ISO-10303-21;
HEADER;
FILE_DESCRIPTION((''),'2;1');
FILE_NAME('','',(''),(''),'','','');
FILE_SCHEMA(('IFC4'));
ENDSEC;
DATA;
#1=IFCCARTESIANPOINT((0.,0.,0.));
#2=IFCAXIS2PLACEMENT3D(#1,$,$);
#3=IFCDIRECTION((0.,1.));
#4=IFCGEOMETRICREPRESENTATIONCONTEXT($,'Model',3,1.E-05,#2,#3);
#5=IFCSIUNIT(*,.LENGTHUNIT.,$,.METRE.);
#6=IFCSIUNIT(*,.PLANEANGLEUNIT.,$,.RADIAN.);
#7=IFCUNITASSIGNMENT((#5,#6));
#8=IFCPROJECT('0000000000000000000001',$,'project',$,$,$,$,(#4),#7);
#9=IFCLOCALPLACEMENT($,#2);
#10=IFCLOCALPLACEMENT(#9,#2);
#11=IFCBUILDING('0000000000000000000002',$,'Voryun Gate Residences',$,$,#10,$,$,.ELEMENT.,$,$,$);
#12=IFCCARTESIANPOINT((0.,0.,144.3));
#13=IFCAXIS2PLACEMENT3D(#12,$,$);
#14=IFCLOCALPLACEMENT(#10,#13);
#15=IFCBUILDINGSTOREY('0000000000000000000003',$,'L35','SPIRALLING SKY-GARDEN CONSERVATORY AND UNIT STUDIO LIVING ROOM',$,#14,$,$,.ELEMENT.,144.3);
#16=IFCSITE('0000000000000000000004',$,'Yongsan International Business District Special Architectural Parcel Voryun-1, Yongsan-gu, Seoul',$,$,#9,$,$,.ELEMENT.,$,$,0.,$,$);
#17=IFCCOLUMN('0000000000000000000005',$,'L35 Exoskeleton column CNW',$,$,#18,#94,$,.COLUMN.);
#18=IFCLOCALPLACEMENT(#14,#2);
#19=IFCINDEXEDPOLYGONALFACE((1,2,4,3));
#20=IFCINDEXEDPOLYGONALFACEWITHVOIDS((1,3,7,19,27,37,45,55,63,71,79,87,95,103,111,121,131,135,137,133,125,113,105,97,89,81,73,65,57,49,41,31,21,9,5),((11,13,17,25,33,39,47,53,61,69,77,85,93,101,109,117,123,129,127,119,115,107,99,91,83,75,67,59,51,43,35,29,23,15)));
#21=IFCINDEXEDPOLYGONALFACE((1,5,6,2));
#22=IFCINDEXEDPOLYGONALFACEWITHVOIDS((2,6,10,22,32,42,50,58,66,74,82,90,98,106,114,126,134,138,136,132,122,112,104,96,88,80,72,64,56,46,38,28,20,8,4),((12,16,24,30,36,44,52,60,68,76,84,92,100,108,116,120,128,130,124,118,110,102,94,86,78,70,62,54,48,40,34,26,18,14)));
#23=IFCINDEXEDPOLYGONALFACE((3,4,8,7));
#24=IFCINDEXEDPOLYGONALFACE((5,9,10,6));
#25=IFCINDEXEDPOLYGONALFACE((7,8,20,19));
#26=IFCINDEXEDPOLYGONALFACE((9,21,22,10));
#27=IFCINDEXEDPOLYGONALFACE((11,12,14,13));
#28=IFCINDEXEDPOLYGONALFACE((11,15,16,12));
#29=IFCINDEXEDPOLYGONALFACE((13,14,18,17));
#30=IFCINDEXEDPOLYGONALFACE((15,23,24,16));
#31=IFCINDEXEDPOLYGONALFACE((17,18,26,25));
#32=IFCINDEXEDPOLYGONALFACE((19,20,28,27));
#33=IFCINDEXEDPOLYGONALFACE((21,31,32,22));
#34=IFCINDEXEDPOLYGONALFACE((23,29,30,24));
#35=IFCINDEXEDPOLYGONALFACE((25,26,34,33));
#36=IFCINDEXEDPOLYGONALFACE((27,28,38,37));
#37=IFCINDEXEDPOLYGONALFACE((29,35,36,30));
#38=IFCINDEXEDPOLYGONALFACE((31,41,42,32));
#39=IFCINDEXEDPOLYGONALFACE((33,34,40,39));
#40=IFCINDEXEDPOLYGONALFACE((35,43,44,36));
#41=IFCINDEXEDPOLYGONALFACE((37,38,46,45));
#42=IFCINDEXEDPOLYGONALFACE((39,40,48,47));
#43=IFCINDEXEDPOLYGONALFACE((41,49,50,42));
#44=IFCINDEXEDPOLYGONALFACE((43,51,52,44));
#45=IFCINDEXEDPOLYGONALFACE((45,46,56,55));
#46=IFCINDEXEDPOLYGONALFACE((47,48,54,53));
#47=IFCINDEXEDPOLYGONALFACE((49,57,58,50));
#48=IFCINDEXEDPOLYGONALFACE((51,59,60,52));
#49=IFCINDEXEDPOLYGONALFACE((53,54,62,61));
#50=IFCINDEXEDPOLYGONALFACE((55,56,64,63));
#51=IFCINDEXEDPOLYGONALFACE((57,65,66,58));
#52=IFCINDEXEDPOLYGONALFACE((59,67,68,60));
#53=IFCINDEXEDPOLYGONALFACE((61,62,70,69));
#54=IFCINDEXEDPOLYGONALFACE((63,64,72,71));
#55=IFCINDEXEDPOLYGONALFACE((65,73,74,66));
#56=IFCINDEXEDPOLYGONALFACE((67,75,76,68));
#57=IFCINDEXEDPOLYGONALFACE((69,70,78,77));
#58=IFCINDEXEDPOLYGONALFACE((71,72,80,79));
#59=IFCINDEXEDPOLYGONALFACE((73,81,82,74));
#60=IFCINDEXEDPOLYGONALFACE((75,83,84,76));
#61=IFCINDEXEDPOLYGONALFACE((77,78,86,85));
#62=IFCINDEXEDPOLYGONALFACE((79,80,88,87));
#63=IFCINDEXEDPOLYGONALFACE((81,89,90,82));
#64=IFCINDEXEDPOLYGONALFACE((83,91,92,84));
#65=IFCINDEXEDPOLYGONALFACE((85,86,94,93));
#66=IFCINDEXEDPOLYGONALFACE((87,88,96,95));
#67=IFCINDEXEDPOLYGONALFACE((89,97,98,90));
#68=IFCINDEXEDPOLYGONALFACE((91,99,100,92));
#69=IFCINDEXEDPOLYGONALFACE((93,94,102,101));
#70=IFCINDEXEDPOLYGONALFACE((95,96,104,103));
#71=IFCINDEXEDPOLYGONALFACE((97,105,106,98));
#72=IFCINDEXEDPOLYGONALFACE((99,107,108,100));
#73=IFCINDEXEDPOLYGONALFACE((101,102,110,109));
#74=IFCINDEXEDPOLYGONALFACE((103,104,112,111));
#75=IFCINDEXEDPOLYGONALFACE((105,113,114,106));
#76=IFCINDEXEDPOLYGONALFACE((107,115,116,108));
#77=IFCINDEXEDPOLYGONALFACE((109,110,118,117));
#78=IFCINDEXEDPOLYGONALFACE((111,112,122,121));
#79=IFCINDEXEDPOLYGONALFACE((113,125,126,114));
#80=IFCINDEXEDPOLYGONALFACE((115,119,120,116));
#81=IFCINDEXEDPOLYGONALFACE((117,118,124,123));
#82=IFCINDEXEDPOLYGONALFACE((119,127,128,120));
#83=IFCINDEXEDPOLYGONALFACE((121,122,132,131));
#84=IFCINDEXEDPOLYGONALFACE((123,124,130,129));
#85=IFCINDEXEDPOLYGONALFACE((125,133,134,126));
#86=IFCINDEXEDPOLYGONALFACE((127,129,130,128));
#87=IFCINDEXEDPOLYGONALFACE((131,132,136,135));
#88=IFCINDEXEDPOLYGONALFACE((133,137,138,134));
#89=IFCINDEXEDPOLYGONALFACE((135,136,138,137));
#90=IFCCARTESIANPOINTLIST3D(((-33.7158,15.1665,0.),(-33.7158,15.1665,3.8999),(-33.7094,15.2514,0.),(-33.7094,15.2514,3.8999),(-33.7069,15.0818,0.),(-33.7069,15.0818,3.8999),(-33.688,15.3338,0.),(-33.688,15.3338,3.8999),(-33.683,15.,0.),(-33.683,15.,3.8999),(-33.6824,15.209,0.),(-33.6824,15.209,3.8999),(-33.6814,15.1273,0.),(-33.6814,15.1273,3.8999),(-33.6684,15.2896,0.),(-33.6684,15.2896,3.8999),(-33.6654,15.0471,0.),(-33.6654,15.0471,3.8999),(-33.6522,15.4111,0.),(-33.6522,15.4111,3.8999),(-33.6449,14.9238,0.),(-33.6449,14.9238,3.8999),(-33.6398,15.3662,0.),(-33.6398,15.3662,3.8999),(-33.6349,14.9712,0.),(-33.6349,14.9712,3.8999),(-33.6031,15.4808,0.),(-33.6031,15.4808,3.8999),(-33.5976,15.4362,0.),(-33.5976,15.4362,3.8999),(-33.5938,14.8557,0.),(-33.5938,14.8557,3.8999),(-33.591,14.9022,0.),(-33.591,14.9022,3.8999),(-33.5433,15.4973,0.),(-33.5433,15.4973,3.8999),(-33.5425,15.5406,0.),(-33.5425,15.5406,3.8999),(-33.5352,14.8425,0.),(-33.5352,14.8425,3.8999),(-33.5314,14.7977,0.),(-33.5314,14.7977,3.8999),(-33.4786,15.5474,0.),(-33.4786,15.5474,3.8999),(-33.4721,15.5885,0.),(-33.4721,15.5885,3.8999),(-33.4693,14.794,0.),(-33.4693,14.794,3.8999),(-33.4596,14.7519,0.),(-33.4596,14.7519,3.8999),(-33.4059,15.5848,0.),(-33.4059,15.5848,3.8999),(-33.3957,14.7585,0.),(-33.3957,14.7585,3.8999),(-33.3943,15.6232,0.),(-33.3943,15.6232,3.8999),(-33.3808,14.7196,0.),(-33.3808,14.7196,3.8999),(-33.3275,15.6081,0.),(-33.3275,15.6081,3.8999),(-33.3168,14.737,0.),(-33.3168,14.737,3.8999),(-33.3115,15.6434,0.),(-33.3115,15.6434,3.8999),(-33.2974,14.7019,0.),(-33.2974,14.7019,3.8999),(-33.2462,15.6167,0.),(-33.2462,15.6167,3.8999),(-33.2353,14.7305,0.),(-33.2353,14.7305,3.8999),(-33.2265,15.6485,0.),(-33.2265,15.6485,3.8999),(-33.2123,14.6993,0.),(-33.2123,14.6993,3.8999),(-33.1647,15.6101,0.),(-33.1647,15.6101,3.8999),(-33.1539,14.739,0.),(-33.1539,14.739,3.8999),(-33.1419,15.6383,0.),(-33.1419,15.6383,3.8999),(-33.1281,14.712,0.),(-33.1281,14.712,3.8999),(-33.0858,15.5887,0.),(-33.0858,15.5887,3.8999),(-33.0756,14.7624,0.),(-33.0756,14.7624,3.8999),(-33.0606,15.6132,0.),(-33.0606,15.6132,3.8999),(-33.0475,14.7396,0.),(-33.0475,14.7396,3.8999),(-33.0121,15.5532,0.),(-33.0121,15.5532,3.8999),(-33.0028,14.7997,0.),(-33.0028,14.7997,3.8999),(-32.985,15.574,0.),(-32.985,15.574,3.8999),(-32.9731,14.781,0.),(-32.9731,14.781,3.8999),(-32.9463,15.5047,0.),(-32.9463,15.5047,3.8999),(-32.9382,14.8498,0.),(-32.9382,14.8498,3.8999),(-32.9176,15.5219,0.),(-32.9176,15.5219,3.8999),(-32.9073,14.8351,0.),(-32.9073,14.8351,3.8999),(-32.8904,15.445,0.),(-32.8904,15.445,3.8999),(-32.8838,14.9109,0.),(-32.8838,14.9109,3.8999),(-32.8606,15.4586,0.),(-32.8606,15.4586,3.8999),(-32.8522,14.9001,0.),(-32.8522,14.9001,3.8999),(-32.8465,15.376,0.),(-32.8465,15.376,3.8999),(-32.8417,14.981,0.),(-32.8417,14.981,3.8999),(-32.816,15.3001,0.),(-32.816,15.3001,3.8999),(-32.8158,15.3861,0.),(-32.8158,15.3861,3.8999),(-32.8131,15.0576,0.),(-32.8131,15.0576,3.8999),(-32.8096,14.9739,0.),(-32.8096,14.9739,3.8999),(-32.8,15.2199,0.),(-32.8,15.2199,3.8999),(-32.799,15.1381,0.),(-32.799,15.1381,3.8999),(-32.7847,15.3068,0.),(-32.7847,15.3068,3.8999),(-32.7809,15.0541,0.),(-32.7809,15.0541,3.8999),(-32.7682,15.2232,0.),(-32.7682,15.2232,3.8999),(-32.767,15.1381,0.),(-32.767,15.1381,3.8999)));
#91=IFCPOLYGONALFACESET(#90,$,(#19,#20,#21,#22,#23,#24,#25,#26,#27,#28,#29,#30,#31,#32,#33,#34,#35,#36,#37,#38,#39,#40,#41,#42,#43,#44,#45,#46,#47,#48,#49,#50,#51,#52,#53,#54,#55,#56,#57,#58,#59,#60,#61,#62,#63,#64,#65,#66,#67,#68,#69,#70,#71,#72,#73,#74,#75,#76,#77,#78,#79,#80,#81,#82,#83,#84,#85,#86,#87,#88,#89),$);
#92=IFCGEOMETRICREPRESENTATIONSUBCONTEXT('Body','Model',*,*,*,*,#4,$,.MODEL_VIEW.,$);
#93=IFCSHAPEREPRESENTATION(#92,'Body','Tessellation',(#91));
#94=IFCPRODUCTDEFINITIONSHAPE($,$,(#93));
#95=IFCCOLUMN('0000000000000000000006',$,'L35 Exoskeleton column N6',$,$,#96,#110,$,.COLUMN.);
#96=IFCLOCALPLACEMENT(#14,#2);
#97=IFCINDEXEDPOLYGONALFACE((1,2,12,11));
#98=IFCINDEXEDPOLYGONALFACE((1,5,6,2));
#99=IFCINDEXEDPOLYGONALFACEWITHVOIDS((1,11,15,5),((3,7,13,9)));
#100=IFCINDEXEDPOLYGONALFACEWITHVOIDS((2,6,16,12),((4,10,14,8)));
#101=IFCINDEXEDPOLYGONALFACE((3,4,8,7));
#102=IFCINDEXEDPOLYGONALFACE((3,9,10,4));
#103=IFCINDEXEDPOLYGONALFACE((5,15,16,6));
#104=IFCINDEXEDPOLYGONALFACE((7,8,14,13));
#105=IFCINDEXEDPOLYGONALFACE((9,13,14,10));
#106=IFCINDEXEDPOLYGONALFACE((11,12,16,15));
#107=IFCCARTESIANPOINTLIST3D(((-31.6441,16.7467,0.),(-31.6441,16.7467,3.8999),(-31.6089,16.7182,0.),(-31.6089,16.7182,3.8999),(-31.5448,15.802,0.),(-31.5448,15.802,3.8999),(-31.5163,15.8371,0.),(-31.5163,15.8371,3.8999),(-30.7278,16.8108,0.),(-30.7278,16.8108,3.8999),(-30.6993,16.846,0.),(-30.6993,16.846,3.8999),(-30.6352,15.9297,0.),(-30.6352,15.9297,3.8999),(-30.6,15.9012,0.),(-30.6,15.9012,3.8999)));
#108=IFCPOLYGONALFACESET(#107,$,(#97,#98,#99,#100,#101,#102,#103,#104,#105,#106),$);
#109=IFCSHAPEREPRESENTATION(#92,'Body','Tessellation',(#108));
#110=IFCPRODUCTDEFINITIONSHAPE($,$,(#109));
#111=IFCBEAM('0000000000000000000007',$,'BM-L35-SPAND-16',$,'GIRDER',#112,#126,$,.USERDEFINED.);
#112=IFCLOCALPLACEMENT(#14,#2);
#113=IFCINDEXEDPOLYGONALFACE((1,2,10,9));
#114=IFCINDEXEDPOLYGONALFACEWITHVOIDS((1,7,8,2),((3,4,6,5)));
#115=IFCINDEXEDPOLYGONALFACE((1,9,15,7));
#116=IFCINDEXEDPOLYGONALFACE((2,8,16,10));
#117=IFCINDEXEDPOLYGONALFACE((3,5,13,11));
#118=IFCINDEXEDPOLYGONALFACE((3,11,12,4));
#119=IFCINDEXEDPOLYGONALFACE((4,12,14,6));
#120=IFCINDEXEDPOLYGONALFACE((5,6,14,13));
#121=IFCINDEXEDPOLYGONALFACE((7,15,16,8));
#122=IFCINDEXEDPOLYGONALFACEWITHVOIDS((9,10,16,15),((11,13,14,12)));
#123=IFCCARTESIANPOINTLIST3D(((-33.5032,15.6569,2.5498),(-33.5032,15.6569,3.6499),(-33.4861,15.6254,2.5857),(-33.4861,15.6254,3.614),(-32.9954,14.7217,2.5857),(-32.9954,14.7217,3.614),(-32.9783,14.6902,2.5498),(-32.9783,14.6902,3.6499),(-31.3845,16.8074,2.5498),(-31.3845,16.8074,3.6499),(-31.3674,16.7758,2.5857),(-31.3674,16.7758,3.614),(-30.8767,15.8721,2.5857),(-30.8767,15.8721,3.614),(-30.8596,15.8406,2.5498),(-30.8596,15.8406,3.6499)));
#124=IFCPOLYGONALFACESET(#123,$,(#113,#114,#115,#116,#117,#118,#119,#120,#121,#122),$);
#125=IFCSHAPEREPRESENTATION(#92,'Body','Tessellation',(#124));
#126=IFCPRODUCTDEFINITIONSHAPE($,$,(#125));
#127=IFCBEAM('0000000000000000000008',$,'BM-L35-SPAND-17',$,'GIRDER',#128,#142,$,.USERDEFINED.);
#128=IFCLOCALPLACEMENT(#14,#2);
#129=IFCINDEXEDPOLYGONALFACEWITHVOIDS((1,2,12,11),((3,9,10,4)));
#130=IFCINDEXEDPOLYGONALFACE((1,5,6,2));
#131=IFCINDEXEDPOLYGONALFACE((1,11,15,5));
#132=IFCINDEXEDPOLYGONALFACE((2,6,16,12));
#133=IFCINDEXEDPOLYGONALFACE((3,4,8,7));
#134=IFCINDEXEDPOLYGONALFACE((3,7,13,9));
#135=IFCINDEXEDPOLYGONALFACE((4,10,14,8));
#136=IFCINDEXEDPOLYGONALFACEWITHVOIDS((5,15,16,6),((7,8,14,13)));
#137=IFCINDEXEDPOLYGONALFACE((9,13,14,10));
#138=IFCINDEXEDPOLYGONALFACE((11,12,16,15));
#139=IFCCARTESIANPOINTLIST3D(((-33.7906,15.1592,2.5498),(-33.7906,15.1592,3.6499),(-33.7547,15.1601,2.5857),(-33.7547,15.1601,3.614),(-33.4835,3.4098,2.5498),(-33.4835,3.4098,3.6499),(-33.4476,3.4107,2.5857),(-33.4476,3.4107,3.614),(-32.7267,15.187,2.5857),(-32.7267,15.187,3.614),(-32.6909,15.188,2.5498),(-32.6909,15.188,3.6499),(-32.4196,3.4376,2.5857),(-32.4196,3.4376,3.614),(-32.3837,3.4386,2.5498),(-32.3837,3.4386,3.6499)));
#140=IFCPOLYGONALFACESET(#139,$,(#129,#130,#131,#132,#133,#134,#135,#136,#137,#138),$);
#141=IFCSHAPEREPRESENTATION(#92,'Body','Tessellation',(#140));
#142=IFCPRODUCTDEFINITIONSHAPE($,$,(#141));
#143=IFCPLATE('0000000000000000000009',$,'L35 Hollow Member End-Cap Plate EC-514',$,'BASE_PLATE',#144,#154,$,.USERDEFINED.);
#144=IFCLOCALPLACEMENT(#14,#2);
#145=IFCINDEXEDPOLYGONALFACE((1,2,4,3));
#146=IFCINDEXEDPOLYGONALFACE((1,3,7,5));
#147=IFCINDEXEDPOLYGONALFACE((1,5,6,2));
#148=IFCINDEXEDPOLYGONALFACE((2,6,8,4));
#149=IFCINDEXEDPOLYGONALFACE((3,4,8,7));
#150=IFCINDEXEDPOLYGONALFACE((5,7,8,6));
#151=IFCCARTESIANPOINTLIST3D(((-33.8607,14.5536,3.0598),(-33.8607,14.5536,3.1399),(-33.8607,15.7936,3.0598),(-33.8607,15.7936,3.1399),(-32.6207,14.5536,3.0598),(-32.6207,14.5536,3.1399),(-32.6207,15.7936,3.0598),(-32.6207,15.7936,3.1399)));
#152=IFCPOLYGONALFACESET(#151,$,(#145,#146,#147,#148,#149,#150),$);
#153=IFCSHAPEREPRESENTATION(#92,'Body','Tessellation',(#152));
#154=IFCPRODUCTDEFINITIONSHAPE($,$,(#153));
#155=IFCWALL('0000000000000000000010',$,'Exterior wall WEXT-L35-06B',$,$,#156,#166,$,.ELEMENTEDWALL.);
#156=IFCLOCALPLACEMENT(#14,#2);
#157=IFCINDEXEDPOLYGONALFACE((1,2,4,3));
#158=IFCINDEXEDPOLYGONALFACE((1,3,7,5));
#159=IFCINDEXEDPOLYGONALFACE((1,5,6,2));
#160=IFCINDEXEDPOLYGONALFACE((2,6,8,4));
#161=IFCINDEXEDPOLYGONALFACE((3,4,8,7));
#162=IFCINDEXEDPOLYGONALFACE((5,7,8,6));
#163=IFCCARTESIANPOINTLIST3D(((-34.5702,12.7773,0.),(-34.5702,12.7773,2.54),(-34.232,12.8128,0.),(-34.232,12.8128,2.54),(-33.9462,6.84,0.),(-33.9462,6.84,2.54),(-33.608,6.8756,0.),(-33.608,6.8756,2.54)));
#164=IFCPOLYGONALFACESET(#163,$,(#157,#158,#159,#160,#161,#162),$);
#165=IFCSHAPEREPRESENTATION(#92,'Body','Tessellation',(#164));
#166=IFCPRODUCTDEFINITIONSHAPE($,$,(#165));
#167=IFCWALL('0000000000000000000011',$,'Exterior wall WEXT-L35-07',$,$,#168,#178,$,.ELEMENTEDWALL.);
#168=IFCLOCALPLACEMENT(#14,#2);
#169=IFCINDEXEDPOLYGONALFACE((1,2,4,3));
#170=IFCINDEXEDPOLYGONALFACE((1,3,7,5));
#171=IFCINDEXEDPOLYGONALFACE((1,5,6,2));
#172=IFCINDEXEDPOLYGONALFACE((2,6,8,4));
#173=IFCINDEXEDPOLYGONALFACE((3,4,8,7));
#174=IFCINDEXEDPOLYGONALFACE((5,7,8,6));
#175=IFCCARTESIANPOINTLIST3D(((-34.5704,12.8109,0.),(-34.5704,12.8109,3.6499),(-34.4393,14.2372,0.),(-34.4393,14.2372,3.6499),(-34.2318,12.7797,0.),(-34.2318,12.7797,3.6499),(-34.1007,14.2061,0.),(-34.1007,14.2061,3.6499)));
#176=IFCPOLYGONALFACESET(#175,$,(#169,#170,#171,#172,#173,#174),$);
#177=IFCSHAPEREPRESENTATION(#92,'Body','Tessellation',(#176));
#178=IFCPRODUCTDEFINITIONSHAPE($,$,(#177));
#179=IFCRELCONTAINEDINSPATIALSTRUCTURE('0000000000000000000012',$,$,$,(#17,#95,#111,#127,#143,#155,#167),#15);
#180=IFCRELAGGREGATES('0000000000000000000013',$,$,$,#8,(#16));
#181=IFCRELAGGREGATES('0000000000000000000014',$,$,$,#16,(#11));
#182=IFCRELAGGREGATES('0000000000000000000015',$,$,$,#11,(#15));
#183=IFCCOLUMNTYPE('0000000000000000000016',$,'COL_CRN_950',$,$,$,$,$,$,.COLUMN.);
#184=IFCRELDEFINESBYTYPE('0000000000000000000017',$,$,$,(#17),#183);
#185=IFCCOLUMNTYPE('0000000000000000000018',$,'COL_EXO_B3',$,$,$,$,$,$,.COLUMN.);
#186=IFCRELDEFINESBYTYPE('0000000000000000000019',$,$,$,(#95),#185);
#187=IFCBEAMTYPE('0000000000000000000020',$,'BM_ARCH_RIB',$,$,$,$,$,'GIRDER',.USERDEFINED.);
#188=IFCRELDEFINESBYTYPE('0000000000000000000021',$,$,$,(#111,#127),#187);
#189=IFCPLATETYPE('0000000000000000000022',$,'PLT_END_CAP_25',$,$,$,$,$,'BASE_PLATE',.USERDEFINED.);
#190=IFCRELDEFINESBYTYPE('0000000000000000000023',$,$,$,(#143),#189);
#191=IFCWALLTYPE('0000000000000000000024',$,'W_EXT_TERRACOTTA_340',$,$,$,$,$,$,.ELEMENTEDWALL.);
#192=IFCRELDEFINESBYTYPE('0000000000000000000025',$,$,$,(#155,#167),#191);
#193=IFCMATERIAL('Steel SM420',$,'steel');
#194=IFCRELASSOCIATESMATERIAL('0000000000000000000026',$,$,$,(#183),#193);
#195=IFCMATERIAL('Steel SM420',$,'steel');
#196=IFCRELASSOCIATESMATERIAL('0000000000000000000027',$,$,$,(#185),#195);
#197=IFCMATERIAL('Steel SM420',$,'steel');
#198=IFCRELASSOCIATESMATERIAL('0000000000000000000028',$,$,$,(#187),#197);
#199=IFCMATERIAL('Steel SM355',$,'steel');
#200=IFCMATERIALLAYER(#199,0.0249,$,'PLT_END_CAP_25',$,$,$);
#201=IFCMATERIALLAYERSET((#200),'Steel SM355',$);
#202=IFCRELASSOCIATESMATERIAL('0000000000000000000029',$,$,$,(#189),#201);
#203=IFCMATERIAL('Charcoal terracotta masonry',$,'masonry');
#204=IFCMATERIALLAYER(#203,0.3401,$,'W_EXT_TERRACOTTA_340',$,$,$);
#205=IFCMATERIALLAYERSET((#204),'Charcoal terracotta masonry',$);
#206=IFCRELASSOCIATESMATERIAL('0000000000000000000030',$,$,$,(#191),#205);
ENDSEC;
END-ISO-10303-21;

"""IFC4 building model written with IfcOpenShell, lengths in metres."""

from ifc_helpers import new_model, si_unit, direction, frame, frame_2d, origin, origin_2d, place, context, subcontext, project, spatial, rectangle, hollow_rectangle, hollow_circle, extrude, material, layer, layer_set, material_profile, profile_set, type_object, element, save


model = new_model("IFC4")

# Units and contexts
model_context = context("Model", 3, precision=1e-05, world=origin(), true_north=direction((0.0, 1.0)))
body_context = subcontext(model_context, "Body", "Model", "MODEL_VIEW")
ifc_project = project(units=[si_unit("LENGTHUNIT", "METRE"), si_unit("PLANEANGLEUNIT", "RADIAN")], contexts=[model_context])

# Site, building, storey
site_placement = place(None, origin())
site = spatial("IfcSite", under=ifc_project, at=site_placement, Name="Yongsan International Business District Special Architectural Parcel Voryun-1, Yongsan-gu, Seoul", CompositionType="ELEMENT", RefElevation=0.0)
building_placement = place(site_placement, origin())
building = spatial("IfcBuilding", under=site, at=building_placement, Name="Voryun Gate Residences", CompositionType="ELEMENT")
storey_placement = place(building_placement, frame((0.0, 0.0, 144.3)))
storey = spatial("IfcBuildingStorey", under=building, at=storey_placement, Name="L35", Description="SPIRALLING SKY-GARDEN CONSERVATORY AND UNIT STUDIO LIVING ROOM", CompositionType="ELEMENT", Elevation=144.3)

# Columns
ifc_material_1 = material(Name="Steel SM420", Category="steel")
ifc_material_profile_1 = material_profile(ifc_material_1, hollow_circle(Radius=0.4751, WallThickness=0.032, at=origin_2d()), Name="CHS-950x32")
ifc_profile_set_1 = profile_set([ifc_material_profile_1], Name="Steel SM420")
column_type_1 = type_object("IfcColumnType", Name="COL_CRN_950", PredefinedType="COLUMN", material=ifc_profile_set_1)
column_1_placement = place(storey_placement, frame((-33.2407, 15.1736, 0.0), z_axis=(0.0, 0.0, 1.0), x_axis=(0.994522, 0.104528, 0.0)))
element("IfcColumn", 1, at=column_1_placement, inside=storey, type_object=column_type_1, Name="L35 Exoskeleton column CNW", PredefinedType="COLUMN", context=body_context, shape_type="SweptSolid", body=[
    extrude(hollow_circle(Radius=0.4751, WallThickness=0.032, at=origin_2d()), origin(), (0.0, 0.0, 1.0), 3.8999),
])
ifc_material_2 = material(Name="Steel SM420", Category="steel")
ifc_material_profile_2 = material_profile(ifc_material_2, hollow_rectangle(XDim=0.95, YDim=0.95, WallThickness=0.032, at=origin_2d()), Name="BOX-950x950x32")
ifc_profile_set_2 = profile_set([ifc_material_profile_2], Name="Steel SM420")
column_type_2 = type_object("IfcColumnType", Name="COL_EXO_B3", PredefinedType="COLUMN", material=ifc_profile_set_2)
column_2_placement = place(storey_placement, frame((-31.1221, 16.324, 0.0), z_axis=(0.0, 0.0, 1.0), x_axis=(0.994522, 0.104528, 0.0)))
element("IfcColumn", 2, at=column_2_placement, inside=storey, type_object=column_type_2, Name="L35 Exoskeleton column N6", PredefinedType="COLUMN", context=body_context, shape_type="SweptSolid", body=[
    extrude(hollow_rectangle(XDim=0.95, YDim=0.95, WallThickness=0.032, at=origin_2d()), origin(), (0.0, 0.0, 1.0), 3.8999),
])

# Beams
ifc_material_3 = material(Name="Steel SM420", Category="steel")
ifc_material_profile_3 = material_profile(ifc_material_3, hollow_rectangle(XDim=1.1001, YDim=1.1001, WallThickness=0.0359, at=origin_2d()), Name="BOX-1100x1100x36")
ifc_profile_set_3 = profile_set([ifc_material_profile_3], Name="Steel SM420")
beam_type = type_object("IfcBeamType", Name="BM_ARCH_RIB", ElementType="GIRDER", PredefinedType="USERDEFINED", material=ifc_profile_set_3)
beam_1_placement = place(storey_placement, frame((-31.1221, 16.324, 3.0999), z_axis=(-0.878807, -0.477177, 0.0), x_axis=(0.477177, -0.878807, 0.0)))
element("IfcBeam", 3, at=beam_1_placement, inside=storey, type_object=beam_type, Name="BM-L35-SPAND-16", ObjectType="GIRDER", PredefinedType="USERDEFINED", context=body_context, shape_type="SweptSolid", body=[
    extrude(hollow_rectangle(XDim=1.1001, YDim=1.1001, WallThickness=0.0359, at=origin_2d()), origin(), (0.0, 0.0, 1.0), 2.4109),
])
beam_2_placement = place(storey_placement, frame((-33.2407, 15.1736, 3.0999), z_axis=(0.026131, -0.999659, 0.0), x_axis=(0.999659, 0.026131, 0.0)))
element("IfcBeam", 4, at=beam_2_placement, inside=storey, type_object=beam_type, Name="BM-L35-SPAND-17", ObjectType="GIRDER", PredefinedType="USERDEFINED", context=body_context, shape_type="SweptSolid", body=[
    extrude(hollow_rectangle(XDim=1.1001, YDim=1.1001, WallThickness=0.0359, at=origin_2d()), origin(), (0.0, 0.0, 1.0), 11.7534),
])

# Plate
ifc_material_4 = material(Name="Steel SM355", Category="steel")
ifc_layer_1 = layer(ifc_material_4, 0.0249, Name="PLT_END_CAP_25")
ifc_layer_set_1 = layer_set([ifc_layer_1], Name="Steel SM355")
plate_type = type_object("IfcPlateType", Name="PLT_END_CAP_25", ElementType="BASE_PLATE", PredefinedType="USERDEFINED", material=ifc_layer_set_1)
plate_placement = place(storey_placement, frame((-33.2407, 15.1736, 3.0598), z_axis=(0.0, 0.0, 1.0), x_axis=(1.0, 0.0, 0.0)))
element("IfcPlate", 5, at=plate_placement, inside=storey, type_object=plate_type, Name="L35 Hollow Member End-Cap Plate EC-514", ObjectType="BASE_PLATE", PredefinedType="USERDEFINED", context=body_context, shape_type="SweptSolid", body=[
    extrude(rectangle(XDim=1.24, YDim=1.24, at=origin_2d()), origin(), (0.0, 0.0, 1.0), 0.0801),
])

# Walls
ifc_material_5 = material(Name="Charcoal terracotta masonry", Category="masonry")
ifc_layer_2 = layer(ifc_material_5, 0.3401, Name="W_EXT_TERRACOTTA_340")
ifc_layer_set_2 = layer_set([ifc_layer_2], Name="Charcoal terracotta masonry")
wall_type = type_object("IfcWallType", Name="W_EXT_TERRACOTTA_340", PredefinedType="ELEMENTEDWALL", material=ifc_layer_set_2)
wall_1_placement = place(storey_placement, frame((-33.7771, 6.8579, 0.0), z_axis=(0.0, 0.0, 1.0), x_axis=(-0.104527, 0.994522, 0.0)))
element("IfcWall", 6, at=wall_1_placement, inside=storey, type_object=wall_type, Name="Exterior wall WEXT-L35-06B", PredefinedType="ELEMENTEDWALL", context=body_context, shape_type="SweptSolid", body=[
    extrude(rectangle(XDim=5.97, YDim=0.3401, at=frame_2d((2.9849, 0.0))), origin(), (0.0, 0.0, 1.0), 2.54),
])
wall_2_placement = place(storey_placement, frame((-34.4011, 12.7952, 0.0), z_axis=(0.0, 0.0, 1.0), x_axis=(0.091535, 0.995802, 0.0)))
element("IfcWall", 7, at=wall_2_placement, inside=storey, type_object=wall_type, Name="Exterior wall WEXT-L35-07", PredefinedType="ELEMENTEDWALL", context=body_context, shape_type="SweptSolid", body=[
    extrude(rectangle(XDim=1.4324, YDim=0.3401, at=frame_2d((0.7163, 0.0))), origin(), (0.0, 0.0, 1.0), 3.6499),
])

save(model, "model.ifc")
